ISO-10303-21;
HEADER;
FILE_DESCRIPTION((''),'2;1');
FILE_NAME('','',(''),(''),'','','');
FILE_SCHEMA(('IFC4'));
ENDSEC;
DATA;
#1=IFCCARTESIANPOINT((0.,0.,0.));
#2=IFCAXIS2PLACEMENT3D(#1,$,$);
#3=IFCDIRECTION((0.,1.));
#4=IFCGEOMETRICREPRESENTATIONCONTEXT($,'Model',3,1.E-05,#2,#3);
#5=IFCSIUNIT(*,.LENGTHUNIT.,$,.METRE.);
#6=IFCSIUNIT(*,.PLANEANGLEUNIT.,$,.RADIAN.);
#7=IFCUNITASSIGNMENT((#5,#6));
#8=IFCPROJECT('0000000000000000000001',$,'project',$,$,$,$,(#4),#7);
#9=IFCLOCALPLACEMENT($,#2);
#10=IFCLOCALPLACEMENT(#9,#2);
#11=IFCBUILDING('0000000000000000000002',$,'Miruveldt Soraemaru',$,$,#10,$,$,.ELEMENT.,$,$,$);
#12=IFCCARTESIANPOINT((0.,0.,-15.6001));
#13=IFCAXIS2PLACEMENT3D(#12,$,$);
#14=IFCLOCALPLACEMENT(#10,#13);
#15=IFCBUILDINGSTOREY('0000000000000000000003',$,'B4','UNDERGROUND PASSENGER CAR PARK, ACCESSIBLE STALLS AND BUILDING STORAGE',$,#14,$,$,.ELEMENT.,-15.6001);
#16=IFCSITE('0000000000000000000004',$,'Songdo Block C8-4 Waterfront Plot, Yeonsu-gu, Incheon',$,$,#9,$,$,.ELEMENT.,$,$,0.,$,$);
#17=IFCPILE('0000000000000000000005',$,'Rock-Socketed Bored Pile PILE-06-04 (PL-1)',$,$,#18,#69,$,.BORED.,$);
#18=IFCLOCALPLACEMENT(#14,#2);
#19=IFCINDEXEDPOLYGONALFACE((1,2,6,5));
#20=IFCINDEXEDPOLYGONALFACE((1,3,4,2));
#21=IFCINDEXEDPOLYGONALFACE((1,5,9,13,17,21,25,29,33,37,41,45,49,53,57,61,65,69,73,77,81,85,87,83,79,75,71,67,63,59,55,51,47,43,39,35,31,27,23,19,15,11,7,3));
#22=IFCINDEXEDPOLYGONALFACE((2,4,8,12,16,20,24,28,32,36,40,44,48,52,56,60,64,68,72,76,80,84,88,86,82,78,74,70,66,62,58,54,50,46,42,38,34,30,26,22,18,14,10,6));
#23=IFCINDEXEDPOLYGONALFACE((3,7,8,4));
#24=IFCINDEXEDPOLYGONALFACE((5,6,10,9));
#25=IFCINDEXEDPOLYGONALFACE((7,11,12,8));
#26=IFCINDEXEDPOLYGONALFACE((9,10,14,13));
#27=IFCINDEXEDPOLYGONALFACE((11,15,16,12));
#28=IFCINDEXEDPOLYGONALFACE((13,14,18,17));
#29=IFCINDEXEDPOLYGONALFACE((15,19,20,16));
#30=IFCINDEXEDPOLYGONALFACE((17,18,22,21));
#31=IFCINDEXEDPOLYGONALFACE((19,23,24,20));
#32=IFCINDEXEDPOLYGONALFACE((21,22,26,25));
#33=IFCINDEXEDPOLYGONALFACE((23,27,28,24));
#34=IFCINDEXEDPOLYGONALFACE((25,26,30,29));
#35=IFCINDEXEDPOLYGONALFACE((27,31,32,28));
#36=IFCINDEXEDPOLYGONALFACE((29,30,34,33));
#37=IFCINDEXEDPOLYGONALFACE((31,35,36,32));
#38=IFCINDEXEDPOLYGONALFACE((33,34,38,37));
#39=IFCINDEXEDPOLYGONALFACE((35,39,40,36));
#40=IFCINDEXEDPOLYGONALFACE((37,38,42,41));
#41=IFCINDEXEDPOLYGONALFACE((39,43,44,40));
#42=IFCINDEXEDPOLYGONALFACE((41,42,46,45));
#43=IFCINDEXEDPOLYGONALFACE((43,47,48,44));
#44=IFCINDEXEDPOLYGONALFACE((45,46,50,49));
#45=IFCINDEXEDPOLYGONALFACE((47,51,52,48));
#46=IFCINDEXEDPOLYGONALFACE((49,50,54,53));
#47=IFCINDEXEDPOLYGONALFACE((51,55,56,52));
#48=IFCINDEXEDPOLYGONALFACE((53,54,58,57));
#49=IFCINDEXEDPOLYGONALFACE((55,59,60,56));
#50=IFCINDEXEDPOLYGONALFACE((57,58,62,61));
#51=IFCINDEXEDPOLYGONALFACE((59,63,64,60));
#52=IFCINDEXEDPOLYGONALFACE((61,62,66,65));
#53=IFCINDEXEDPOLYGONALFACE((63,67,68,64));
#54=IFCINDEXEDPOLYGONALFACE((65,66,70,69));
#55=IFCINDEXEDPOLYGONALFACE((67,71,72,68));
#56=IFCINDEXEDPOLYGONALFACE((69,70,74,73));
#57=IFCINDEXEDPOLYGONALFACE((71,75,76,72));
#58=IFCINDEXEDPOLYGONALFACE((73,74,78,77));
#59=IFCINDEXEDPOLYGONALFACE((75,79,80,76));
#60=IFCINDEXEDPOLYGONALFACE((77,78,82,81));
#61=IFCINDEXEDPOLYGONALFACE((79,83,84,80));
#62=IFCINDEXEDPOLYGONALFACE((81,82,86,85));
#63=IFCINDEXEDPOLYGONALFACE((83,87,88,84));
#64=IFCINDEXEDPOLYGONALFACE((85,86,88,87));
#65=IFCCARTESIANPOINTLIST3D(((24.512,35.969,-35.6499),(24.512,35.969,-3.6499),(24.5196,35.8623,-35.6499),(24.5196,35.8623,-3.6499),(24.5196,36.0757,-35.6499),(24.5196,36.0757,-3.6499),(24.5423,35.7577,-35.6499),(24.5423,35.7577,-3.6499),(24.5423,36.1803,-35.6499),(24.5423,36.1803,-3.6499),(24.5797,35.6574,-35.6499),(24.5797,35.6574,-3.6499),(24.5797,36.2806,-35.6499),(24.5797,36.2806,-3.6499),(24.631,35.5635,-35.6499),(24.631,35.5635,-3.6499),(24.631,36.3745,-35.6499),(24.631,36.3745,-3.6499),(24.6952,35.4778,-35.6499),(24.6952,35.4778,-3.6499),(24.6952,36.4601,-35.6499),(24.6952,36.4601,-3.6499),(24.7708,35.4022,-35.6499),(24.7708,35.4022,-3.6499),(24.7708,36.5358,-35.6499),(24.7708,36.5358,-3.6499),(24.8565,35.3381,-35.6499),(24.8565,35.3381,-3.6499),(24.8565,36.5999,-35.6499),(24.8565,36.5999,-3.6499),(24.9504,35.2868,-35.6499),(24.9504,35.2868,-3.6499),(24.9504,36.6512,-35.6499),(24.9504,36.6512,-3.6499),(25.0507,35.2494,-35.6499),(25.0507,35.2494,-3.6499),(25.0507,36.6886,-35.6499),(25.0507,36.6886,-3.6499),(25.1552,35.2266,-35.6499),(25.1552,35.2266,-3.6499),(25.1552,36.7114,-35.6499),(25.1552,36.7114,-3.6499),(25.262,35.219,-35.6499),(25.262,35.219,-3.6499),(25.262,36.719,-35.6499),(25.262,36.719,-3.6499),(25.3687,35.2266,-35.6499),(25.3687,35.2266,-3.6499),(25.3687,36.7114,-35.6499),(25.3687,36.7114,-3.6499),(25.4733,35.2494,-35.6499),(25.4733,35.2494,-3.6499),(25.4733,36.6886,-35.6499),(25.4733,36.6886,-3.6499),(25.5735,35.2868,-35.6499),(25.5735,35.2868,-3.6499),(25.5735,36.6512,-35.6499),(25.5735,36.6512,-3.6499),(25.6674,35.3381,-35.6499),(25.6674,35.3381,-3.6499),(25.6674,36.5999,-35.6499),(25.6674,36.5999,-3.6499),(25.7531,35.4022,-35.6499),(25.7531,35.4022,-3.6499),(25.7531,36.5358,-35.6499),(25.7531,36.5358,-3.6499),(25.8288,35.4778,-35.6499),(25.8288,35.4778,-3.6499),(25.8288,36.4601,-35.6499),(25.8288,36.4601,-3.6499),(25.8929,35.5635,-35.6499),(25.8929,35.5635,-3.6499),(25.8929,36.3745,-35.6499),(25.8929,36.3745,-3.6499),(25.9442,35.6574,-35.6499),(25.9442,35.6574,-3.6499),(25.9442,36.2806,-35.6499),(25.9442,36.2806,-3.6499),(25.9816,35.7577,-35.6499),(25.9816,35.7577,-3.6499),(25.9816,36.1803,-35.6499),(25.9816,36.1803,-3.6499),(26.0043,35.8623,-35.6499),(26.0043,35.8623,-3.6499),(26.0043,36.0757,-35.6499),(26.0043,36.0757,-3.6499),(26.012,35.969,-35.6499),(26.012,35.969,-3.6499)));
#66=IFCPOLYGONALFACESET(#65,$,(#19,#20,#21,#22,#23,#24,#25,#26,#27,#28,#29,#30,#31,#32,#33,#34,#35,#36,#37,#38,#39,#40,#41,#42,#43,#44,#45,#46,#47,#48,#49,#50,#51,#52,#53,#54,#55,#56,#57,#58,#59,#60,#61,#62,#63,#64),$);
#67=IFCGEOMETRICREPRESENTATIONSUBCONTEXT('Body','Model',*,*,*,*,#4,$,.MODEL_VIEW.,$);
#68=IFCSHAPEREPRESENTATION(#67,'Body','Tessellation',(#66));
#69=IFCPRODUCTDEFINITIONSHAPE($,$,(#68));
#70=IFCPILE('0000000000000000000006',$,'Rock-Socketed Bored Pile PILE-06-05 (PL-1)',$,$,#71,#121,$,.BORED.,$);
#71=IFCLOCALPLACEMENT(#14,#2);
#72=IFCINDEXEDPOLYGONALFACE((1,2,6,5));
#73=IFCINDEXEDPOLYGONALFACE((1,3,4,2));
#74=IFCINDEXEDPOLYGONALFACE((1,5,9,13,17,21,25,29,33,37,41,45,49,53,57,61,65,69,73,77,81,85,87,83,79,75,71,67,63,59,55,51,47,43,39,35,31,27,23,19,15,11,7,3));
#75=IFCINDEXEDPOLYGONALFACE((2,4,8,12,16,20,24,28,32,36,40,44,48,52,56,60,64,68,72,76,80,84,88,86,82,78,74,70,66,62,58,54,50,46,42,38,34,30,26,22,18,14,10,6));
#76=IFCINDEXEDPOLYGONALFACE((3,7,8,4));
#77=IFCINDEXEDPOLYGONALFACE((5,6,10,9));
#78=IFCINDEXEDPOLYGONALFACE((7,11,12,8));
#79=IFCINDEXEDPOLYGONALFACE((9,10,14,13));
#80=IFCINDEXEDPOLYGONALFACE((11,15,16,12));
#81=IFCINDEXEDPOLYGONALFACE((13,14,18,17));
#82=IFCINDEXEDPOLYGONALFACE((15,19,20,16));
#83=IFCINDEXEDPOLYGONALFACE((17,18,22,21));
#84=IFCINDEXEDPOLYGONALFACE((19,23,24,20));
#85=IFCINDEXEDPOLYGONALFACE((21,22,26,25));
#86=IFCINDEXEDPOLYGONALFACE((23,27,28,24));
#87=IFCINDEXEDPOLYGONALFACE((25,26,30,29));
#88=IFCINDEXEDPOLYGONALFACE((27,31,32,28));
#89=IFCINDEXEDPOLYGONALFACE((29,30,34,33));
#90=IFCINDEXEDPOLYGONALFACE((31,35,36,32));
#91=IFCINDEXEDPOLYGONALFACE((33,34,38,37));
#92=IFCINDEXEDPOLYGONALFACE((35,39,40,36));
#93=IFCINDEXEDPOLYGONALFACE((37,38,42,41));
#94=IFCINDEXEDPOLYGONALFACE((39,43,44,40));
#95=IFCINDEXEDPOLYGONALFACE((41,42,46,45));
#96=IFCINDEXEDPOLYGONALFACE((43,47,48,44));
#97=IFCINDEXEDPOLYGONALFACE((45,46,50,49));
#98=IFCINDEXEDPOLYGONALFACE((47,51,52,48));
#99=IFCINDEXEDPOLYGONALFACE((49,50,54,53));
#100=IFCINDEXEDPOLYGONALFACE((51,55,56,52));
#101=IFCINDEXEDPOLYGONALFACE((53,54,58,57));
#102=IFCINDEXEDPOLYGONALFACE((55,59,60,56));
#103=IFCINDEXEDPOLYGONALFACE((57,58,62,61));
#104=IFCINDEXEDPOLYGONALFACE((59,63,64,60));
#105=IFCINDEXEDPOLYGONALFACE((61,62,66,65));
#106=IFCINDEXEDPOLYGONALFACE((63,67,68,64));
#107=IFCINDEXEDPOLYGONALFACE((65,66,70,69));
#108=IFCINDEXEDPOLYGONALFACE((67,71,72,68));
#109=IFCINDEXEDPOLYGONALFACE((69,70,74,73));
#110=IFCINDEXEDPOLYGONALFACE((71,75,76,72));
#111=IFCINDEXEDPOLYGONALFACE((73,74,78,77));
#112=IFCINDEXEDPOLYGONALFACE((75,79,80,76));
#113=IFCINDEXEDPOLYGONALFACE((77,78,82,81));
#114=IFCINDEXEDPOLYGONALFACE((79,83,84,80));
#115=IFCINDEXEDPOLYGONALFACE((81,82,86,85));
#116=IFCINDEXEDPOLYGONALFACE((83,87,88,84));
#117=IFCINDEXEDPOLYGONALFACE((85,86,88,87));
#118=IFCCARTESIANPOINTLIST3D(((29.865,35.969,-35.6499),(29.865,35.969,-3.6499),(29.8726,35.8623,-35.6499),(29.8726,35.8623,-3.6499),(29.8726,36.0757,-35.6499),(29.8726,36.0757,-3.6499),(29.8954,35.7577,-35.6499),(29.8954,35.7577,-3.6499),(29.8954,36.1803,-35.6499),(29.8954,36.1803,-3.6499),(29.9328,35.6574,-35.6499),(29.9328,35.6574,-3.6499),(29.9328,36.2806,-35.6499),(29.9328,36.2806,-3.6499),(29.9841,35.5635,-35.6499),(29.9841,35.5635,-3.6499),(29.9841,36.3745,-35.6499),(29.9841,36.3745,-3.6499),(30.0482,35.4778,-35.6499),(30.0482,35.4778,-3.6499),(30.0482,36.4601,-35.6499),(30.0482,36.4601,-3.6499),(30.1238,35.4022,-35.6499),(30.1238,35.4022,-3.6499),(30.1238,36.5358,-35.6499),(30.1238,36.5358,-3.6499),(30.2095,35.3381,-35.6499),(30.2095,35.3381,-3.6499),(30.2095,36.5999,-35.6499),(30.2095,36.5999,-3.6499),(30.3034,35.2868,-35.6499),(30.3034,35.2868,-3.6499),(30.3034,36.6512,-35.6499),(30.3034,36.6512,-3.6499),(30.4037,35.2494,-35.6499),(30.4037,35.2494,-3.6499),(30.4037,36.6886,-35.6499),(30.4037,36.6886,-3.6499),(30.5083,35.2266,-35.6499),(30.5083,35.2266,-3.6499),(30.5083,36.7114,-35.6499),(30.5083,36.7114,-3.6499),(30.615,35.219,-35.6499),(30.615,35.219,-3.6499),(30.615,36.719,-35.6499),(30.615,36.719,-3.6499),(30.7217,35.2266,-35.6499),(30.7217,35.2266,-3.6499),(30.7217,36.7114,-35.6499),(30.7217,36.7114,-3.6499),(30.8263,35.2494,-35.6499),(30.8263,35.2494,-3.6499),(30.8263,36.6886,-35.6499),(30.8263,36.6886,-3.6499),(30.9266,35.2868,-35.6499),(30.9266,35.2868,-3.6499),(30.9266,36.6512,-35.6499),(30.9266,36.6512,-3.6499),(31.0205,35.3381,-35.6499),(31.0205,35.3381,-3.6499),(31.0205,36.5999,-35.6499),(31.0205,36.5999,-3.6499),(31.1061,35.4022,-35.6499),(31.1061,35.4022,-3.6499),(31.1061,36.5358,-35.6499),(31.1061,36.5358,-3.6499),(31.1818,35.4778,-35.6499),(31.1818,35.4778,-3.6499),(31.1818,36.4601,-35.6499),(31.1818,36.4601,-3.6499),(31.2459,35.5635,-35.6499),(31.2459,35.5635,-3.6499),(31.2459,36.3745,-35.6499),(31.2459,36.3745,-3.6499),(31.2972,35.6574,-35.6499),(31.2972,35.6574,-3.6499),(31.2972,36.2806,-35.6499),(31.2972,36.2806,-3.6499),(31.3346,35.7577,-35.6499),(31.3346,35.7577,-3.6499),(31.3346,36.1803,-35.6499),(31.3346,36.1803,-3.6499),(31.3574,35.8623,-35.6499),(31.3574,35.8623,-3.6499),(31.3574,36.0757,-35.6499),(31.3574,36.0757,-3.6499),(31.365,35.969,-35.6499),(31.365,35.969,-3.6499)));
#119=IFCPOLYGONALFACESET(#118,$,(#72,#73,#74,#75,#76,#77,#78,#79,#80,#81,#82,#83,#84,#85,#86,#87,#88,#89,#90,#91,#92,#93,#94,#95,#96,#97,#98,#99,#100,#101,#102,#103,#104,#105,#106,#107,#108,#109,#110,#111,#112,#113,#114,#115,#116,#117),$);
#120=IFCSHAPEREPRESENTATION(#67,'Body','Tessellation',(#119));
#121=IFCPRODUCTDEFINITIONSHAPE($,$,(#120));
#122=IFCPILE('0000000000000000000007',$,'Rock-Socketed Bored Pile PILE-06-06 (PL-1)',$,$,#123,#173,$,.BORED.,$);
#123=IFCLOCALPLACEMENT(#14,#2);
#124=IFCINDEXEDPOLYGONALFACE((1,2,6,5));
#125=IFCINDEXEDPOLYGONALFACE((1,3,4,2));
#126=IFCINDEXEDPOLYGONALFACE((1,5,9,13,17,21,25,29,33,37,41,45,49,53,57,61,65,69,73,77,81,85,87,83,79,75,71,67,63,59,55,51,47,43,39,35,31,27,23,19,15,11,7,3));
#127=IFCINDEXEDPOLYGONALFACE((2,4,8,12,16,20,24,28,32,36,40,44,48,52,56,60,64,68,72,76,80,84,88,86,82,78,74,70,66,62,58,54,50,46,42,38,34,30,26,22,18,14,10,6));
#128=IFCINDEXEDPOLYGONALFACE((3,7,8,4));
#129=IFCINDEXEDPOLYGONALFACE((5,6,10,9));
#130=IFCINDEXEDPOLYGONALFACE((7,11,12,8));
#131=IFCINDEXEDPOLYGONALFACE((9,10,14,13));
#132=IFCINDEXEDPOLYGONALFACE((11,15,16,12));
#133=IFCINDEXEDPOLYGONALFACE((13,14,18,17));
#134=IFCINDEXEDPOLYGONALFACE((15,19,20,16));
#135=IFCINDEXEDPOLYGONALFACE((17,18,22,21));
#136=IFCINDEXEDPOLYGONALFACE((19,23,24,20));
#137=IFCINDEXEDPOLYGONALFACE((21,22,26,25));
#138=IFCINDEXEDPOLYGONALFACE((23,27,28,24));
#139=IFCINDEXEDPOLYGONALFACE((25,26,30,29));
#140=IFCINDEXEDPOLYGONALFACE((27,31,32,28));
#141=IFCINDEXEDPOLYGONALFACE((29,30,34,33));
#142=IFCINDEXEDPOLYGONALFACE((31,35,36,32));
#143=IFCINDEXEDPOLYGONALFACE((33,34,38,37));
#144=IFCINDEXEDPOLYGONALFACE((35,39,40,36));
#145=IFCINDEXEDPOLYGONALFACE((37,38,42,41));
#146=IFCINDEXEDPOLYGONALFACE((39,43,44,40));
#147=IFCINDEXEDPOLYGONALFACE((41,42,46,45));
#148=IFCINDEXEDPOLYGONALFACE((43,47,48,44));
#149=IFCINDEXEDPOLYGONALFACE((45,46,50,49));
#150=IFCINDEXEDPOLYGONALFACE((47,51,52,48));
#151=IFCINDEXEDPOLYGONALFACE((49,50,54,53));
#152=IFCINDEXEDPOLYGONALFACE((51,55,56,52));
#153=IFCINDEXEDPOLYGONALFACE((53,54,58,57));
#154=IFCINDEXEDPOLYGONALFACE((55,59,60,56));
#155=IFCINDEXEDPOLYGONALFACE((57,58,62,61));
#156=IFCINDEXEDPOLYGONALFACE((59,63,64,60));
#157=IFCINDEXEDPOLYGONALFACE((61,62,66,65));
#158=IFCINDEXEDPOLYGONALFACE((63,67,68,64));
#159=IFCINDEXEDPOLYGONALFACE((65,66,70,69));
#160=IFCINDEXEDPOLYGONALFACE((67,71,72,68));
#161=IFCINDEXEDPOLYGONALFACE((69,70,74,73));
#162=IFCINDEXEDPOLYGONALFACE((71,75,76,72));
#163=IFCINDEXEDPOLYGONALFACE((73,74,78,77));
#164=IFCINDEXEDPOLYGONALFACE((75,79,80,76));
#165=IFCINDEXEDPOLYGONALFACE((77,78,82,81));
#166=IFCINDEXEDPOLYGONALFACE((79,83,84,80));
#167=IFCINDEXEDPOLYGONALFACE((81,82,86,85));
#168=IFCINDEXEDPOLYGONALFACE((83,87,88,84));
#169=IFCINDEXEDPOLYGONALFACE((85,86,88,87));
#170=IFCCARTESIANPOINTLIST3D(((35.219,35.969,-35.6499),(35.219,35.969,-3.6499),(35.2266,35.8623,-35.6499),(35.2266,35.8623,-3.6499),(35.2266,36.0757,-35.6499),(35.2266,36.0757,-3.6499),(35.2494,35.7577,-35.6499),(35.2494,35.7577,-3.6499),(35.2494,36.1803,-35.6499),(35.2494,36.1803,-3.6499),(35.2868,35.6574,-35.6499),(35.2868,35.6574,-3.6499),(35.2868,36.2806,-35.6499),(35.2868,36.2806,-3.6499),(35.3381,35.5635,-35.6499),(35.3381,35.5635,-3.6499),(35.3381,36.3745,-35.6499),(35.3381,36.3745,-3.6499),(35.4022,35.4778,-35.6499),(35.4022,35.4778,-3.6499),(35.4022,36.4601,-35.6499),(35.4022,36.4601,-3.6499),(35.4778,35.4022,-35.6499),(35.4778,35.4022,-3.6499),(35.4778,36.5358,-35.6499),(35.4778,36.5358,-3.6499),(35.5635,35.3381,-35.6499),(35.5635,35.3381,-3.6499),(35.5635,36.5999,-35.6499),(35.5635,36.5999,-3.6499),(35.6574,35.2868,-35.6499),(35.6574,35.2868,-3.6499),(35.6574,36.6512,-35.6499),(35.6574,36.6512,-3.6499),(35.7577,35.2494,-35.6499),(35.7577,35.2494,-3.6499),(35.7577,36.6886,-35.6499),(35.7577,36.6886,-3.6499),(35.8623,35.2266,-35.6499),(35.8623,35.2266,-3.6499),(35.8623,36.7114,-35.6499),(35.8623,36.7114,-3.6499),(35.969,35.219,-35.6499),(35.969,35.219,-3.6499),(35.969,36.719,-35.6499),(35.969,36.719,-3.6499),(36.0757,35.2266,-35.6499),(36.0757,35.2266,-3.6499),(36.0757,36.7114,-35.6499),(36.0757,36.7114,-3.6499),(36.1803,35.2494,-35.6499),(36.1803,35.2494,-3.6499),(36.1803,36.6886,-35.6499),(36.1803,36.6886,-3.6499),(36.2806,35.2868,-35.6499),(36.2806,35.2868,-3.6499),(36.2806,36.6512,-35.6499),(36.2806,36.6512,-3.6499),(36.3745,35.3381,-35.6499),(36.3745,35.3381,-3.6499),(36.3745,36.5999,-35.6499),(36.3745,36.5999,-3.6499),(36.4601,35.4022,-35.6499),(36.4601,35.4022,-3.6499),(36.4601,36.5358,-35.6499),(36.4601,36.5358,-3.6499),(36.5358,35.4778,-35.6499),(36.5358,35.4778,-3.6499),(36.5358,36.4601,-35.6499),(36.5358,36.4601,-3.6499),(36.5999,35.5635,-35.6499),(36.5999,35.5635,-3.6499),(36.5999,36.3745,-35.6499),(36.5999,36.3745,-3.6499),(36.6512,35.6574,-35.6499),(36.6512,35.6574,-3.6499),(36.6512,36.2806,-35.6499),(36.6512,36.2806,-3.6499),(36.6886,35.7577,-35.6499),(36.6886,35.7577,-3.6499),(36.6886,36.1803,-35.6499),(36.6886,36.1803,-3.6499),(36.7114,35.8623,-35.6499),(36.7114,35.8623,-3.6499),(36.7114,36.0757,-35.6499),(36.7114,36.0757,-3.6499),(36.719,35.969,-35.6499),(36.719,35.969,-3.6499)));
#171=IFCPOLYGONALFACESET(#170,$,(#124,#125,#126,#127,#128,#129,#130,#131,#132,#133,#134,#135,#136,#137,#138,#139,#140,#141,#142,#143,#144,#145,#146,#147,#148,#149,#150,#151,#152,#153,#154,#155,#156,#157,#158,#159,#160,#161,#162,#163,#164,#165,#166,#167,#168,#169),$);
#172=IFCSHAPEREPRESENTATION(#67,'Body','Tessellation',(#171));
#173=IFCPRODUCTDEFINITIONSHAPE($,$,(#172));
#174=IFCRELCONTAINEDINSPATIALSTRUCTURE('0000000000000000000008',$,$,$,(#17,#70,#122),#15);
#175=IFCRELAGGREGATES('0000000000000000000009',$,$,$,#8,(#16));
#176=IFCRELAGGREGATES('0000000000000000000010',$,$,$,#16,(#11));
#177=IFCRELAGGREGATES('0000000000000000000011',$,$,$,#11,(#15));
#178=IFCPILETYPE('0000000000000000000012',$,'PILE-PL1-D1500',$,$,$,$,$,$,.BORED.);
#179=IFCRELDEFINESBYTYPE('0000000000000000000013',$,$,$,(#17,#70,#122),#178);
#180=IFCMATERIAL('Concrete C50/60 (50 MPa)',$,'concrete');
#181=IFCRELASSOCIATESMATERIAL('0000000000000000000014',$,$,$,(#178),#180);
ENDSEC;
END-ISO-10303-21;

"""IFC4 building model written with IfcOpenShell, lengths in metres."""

from ifc_helpers import new_model, si_unit, direction, frame, origin, origin_2d, place, context, subcontext, project, spatial, circle, extrude, material, material_profile, profile_set, type_object, element, save


model = new_model("IFC4")

# Units and contexts
model_context = context("Model", 3, precision=1e-05, world=origin(), true_north=direction((0.0, 1.0)))
body_context = subcontext(model_context, "Body", "Model", "MODEL_VIEW")
ifc_project = project(units=[si_unit("LENGTHUNIT", "METRE"), si_unit("PLANEANGLEUNIT", "RADIAN")], contexts=[model_context])

# Site, building, storey
site_placement = place(None, origin())
site = spatial("IfcSite", under=ifc_project, at=site_placement, Name="Songdo Block C8-4 Waterfront Plot, Yeonsu-gu, Incheon", CompositionType="ELEMENT", RefElevation=0.0)
building_placement = place(site_placement, origin())
building = spatial("IfcBuilding", under=site, at=building_placement, Name="Miruveldt Soraemaru", CompositionType="ELEMENT")
storey_placement = place(building_placement, frame((0.0, 0.0, -15.6001)))
storey = spatial("IfcBuildingStorey", under=building, at=storey_placement, Name="B4", Description="UNDERGROUND PASSENGER CAR PARK, ACCESSIBLE STALLS AND BUILDING STORAGE", CompositionType="ELEMENT", Elevation=-15.6001)

# Piles
ifc_material_1 = material(Name="Concrete C50/60 (50 MPa)", Category="concrete")
ifc_material_profile_1 = material_profile(ifc_material_1, circle(Radius=0.75, at=origin_2d()), Name="Concrete C50/60 (50 MPa)", Category="concrete")
ifc_profile_set_1 = profile_set([ifc_material_profile_1], Name="Concrete C50/60 (50 MPa)")
pile_type = type_object("IfcPileType", Name="PILE-PL1-D1500", PredefinedType="BORED", material=ifc_profile_set_1)
for number, where, z_axis, x_axis, name in (
    (1, (25.262, 35.969, -3.6499), (0.0, 0.0, -1.0), (1.0, 0.0, 0.0), "Rock-Socketed Bored Pile PILE-06-04 (PL-1)"),
    (2, (30.615, 35.969, -3.6499), (0.0, 0.0, -1.0), (1.0, 0.0, 0.0), "Rock-Socketed Bored Pile PILE-06-05 (PL-1)"),
    (3, (35.969, 35.969, -3.6499), (0.0, 0.0, -1.0), (1.0, 0.0, 0.0), "Rock-Socketed Bored Pile PILE-06-06 (PL-1)"),
):
    element("IfcPile", number, at=place(storey_placement, frame(where, z_axis=z_axis, x_axis=x_axis)), inside=storey, type_object=pile_type, Name=name, PredefinedType="BORED", context=body_context, shape_type="SweptSolid", body=[
        extrude(circle(Radius=0.75, at=origin_2d()), origin(), (0.0, 0.0, 1.0), 32.0),
    ])

save(model, "model.ifc")
